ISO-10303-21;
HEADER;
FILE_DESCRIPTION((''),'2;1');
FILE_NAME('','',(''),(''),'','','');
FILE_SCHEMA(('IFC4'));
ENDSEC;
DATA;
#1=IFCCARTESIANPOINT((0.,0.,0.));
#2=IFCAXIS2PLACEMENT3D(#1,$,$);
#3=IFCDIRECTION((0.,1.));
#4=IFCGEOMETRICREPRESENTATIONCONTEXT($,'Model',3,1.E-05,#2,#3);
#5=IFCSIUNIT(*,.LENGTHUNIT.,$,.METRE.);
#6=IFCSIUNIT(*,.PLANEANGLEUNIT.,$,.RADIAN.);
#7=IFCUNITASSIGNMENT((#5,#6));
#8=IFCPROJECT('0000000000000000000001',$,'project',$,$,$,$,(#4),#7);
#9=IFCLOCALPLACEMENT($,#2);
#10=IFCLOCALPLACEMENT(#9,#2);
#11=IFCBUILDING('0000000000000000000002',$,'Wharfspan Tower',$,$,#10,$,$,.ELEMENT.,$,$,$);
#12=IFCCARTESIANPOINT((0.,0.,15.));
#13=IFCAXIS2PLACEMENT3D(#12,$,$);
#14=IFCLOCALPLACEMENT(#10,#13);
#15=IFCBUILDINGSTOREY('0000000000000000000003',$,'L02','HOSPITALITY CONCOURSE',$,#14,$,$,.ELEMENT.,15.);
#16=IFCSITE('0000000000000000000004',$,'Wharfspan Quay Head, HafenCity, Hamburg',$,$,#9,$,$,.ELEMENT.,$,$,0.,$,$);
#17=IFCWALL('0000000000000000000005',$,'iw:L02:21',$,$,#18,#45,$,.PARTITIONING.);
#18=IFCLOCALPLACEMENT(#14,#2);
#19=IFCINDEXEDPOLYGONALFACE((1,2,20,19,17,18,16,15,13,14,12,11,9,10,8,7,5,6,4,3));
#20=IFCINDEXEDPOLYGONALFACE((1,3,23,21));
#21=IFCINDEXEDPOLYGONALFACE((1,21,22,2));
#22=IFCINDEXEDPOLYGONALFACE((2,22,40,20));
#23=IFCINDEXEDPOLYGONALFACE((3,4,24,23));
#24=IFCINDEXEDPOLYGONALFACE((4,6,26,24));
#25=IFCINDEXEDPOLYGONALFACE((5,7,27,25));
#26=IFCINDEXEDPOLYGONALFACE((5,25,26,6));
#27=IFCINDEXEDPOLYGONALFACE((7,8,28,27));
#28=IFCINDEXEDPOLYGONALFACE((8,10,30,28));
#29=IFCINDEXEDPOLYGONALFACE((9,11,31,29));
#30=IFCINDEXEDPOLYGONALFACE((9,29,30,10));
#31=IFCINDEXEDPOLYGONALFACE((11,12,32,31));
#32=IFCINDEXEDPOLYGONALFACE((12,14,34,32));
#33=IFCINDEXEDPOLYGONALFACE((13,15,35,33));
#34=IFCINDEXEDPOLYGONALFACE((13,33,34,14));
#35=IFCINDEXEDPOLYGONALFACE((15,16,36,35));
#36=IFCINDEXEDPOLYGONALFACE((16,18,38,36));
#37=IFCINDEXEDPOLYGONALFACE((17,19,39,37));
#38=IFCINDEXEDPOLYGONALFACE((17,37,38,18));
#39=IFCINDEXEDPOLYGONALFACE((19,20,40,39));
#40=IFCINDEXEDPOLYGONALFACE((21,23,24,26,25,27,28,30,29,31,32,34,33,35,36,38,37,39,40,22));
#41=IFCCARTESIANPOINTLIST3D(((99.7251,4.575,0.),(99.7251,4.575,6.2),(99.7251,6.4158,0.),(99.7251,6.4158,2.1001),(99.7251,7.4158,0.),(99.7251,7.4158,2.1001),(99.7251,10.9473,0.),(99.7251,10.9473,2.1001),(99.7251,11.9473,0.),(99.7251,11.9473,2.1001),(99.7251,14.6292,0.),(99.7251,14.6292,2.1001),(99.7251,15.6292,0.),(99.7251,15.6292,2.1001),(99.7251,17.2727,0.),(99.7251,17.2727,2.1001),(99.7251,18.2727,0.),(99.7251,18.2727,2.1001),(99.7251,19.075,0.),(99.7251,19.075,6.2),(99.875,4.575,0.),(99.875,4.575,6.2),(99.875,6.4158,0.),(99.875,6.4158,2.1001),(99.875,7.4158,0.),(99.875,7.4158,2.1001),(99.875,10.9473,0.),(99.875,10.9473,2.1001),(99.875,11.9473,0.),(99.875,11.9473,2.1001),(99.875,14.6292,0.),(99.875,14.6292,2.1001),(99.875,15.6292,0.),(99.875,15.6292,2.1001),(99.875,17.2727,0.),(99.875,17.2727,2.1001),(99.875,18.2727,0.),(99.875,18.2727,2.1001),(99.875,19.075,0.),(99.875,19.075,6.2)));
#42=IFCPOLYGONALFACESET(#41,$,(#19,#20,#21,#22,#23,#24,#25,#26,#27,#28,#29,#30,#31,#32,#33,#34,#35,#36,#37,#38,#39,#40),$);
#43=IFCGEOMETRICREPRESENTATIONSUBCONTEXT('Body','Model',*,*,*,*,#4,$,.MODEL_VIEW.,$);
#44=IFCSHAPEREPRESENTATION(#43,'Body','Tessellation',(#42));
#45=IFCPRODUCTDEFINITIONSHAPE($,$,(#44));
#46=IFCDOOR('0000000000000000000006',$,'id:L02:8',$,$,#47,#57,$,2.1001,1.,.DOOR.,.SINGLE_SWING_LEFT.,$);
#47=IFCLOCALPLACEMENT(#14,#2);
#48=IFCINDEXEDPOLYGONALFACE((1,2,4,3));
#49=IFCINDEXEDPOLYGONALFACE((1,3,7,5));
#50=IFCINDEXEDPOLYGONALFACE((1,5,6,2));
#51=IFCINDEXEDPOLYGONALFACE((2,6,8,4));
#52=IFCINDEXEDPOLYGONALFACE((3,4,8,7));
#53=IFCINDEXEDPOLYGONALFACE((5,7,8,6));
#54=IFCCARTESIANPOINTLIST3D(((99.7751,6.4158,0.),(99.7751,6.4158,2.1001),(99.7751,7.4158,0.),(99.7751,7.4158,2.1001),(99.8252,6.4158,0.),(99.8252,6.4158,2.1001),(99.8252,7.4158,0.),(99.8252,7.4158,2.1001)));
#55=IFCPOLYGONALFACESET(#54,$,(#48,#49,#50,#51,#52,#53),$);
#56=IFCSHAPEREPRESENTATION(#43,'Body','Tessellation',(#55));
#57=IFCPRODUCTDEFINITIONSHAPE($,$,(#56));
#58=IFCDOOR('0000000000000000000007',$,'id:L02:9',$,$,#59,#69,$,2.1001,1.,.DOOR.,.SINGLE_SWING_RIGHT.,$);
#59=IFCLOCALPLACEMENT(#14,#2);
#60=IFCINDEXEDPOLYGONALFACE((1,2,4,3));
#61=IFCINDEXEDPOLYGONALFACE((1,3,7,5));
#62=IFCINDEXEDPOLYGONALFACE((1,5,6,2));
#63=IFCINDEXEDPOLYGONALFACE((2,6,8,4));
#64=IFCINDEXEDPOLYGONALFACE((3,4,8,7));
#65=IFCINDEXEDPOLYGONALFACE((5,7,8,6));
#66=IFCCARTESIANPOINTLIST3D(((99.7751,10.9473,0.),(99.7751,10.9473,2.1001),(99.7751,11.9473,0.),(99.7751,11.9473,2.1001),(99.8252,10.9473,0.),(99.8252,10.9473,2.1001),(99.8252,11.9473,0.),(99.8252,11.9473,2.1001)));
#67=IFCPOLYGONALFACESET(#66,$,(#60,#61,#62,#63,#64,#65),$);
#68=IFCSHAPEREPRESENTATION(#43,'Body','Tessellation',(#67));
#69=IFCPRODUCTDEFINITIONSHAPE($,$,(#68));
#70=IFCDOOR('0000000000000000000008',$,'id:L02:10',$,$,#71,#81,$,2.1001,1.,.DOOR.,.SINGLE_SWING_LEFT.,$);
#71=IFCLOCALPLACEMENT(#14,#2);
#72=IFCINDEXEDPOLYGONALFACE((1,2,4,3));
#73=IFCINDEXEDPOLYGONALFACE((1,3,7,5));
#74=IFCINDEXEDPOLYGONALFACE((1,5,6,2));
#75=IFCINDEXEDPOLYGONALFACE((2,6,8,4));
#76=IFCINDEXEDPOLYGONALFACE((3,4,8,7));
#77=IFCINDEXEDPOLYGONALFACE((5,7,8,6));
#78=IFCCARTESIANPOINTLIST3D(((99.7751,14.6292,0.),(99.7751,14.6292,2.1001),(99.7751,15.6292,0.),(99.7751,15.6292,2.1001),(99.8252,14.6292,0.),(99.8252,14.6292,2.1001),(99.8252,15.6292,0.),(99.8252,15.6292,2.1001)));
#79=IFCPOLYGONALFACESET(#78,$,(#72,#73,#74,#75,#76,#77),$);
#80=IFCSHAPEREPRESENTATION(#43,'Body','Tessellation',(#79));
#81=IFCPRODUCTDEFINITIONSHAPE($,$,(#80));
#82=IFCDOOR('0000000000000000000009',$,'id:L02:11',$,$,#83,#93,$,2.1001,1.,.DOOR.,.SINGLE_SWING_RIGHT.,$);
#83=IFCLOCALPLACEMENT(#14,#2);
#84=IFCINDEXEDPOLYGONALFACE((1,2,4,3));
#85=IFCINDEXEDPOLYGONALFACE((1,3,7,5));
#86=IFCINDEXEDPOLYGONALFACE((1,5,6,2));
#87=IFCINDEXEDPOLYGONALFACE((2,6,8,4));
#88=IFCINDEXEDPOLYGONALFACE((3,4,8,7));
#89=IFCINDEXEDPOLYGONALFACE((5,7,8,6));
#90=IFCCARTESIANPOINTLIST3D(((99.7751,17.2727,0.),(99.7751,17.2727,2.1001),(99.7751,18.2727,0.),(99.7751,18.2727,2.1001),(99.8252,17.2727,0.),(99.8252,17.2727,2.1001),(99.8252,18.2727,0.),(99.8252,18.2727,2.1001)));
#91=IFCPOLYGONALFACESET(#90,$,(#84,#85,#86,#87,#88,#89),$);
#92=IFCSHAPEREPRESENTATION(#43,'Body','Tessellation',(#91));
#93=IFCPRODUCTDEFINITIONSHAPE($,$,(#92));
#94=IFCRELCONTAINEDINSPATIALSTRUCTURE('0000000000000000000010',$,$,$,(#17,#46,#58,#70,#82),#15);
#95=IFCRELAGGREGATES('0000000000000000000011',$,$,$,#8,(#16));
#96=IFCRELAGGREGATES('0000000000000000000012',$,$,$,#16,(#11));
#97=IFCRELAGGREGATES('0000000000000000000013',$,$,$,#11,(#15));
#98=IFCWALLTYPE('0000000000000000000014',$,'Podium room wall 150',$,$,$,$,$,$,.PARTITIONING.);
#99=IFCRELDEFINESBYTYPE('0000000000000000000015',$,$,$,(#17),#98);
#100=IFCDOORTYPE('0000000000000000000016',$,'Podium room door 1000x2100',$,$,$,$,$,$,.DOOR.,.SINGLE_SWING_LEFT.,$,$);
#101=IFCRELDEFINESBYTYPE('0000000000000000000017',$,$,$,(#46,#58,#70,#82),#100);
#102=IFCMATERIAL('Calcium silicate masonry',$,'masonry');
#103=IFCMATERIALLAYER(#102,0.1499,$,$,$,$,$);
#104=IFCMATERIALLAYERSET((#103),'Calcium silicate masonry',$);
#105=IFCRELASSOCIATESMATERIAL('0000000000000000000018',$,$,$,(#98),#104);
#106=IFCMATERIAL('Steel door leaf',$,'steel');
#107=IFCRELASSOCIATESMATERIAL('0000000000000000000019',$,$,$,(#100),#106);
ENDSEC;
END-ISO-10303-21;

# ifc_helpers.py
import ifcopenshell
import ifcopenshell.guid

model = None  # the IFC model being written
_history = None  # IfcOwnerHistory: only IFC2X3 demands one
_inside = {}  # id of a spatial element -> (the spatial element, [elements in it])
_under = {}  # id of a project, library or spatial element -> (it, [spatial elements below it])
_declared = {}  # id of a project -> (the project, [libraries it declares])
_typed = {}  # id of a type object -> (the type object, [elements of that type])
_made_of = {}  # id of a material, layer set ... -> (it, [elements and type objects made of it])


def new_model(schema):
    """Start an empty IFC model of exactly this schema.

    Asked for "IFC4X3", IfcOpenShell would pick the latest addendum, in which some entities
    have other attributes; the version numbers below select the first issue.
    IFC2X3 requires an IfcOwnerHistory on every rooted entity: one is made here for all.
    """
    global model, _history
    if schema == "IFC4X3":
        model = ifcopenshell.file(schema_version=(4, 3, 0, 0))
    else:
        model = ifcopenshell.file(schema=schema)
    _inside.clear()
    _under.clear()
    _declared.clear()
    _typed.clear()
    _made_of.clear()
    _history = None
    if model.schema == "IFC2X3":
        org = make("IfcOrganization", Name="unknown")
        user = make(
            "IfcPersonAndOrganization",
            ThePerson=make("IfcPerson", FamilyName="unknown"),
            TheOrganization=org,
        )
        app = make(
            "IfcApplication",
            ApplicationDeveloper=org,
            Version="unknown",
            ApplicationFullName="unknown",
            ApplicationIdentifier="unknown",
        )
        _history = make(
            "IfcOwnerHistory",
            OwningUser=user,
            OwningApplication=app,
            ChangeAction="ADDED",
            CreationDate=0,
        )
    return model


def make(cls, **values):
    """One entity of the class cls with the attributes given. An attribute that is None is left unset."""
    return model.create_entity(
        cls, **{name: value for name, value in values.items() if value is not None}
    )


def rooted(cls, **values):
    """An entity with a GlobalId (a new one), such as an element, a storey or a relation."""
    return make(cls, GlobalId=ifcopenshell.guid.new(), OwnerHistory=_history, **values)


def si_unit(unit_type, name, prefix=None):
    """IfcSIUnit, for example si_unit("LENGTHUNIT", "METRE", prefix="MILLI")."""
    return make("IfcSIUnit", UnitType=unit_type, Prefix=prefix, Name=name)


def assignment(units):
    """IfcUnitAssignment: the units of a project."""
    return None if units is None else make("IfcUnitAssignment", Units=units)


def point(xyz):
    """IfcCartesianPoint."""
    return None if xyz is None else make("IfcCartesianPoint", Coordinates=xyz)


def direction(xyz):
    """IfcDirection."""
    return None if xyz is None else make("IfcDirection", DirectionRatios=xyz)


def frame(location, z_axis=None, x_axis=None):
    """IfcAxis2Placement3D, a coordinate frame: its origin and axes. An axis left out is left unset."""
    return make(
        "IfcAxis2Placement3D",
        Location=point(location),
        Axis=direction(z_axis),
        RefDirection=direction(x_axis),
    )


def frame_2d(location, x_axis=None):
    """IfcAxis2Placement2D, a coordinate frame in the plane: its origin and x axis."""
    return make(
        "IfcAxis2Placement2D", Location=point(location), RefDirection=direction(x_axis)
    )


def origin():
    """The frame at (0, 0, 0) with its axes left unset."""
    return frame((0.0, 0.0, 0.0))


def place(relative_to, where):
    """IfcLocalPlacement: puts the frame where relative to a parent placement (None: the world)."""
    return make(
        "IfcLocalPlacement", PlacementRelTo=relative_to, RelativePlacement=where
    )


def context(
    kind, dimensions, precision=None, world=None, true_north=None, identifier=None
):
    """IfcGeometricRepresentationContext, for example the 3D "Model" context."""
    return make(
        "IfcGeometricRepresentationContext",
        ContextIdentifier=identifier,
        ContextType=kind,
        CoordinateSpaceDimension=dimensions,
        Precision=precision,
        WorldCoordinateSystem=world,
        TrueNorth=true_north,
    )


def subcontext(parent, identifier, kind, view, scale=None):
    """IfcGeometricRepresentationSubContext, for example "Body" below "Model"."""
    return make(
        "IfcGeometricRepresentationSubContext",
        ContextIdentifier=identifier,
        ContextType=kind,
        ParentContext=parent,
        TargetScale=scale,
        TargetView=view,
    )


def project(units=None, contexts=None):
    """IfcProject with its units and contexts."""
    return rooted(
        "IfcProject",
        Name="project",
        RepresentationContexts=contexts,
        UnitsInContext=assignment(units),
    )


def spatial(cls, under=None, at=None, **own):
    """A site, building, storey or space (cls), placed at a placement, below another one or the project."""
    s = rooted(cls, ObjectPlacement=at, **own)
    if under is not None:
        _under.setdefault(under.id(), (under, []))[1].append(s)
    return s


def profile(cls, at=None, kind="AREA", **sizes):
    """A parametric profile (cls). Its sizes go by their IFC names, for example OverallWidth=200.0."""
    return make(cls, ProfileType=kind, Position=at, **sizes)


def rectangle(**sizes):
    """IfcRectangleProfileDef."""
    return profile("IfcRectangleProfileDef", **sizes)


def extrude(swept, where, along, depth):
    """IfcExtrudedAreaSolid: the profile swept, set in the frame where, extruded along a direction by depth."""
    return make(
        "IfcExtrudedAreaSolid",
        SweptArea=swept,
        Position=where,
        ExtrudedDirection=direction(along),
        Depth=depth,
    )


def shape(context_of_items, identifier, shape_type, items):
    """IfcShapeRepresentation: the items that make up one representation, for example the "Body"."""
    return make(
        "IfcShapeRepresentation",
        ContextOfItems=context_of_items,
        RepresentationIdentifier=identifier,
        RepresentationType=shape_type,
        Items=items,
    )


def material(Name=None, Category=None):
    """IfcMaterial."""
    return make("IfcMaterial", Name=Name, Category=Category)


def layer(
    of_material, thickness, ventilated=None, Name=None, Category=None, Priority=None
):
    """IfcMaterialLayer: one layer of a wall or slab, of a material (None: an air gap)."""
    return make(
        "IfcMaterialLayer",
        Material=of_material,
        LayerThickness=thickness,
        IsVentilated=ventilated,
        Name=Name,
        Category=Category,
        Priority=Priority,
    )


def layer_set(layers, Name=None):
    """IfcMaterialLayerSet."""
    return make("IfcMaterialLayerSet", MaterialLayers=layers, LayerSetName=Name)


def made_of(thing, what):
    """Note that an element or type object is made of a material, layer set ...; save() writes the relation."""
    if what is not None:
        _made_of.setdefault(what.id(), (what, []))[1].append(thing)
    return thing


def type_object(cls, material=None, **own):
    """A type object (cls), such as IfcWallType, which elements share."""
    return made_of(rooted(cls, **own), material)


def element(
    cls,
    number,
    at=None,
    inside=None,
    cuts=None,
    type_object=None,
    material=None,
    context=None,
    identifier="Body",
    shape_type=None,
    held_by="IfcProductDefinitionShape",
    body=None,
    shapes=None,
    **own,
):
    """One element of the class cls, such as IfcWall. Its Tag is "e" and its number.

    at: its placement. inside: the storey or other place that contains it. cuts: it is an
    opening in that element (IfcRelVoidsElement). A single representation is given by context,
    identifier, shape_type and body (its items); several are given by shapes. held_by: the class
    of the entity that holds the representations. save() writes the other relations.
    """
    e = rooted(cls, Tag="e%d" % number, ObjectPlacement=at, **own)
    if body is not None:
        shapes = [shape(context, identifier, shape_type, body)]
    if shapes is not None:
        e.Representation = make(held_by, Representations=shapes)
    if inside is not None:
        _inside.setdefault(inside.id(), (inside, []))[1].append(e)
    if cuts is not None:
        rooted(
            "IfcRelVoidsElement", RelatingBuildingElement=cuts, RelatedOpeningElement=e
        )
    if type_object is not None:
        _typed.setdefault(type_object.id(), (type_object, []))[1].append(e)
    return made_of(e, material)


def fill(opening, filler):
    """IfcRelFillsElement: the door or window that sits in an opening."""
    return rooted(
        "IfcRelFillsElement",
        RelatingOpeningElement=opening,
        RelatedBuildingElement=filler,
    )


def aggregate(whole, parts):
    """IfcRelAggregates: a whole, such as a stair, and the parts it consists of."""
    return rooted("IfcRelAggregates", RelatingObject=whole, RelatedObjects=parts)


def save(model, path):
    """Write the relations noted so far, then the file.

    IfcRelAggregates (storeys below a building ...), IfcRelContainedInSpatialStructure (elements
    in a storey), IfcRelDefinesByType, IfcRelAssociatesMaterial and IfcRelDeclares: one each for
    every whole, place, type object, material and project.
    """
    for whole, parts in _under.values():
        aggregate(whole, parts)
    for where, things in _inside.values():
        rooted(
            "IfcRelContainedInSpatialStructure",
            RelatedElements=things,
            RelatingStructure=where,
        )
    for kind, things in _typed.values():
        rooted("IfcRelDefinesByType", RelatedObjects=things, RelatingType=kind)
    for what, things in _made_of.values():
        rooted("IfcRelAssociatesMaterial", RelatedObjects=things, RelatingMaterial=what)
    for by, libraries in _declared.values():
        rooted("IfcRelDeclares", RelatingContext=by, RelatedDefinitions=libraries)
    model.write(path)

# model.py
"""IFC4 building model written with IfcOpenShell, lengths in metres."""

from ifc_helpers import new_model, si_unit, direction, frame, frame_2d, origin, place, context, subcontext, project, spatial, rectangle, extrude, material, layer, layer_set, type_object, element, fill, save


model = new_model("IFC4")

# Units and contexts
model_context = context("Model", 3, precision=1e-05, world=origin(), true_north=direction((0.0, 1.0)))
body_context = subcontext(model_context, "Body", "Model", "MODEL_VIEW")
ifc_project = project(units=[si_unit("LENGTHUNIT", "METRE"), si_unit("PLANEANGLEUNIT", "RADIAN")], contexts=[model_context])

# Site, building, storey
site_placement = place(None, origin())
site = spatial("IfcSite", under=ifc_project, at=site_placement, Name="Wharfspan Quay Head, HafenCity, Hamburg", CompositionType="ELEMENT", RefElevation=0.0)
building_placement = place(site_placement, origin())
building = spatial("IfcBuilding", under=site, at=building_placement, Name="Wharfspan Tower", CompositionType="ELEMENT")
storey_placement = place(building_placement, frame((0.0, 0.0, 15.0)))
storey = spatial("IfcBuildingStorey", under=building, at=storey_placement, Name="L02", Description="HOSPITALITY CONCOURSE", CompositionType="ELEMENT", Elevation=15.0)

# Shared definitions
ifc_material_1 = material(Name="Calcium silicate masonry", Category="masonry")
ifc_layer_1 = layer(ifc_material_1, 0.1499)
ifc_layer_set_1 = layer_set([ifc_layer_1], Name="Calcium silicate masonry")
wall_type = type_object("IfcWallType", Name="Podium room wall 150", PredefinedType="PARTITIONING", material=ifc_layer_set_1)

# Wall, openings, doors
wall_placement = place(storey_placement, frame((99.8, 4.575, 0.0), z_axis=(0.0, 0.0, 1.0), x_axis=(0.0, 1.0, 0.0)))
wall = element("IfcWall", 1, at=wall_placement, inside=storey, type_object=wall_type, Name="iw:L02:21", PredefinedType="PARTITIONING", context=body_context, shape_type="SweptSolid", body=[
    extrude(rectangle(XDim=14.5, YDim=0.1499, at=frame_2d((7.25, 0.0))), origin(), (0.0, 0.0, 1.0), 6.2),
])
opening_1_placement = place(wall_placement, frame((1.8408, 0.0, 0.0)))
opening_1 = element("IfcOpeningElement", 2, at=opening_1_placement, cuts=wall, PredefinedType="OPENING", context=body_context, shape_type="SweptSolid", body=[
    extrude(rectangle(XDim=1.0, YDim=2.1001, at=frame_2d((0.5, 1.05))), frame((0.0, 0.085, 0.0), z_axis=(0.0, -1.0, 0.0), x_axis=(1.0, 0.0, 0.0)), (0.0, 0.0, 1.0), 0.1699),
])
opening_2_placement = place(wall_placement, frame((6.3723, 0.0, 0.0)))
opening_2 = element("IfcOpeningElement", 3, at=opening_2_placement, cuts=wall, PredefinedType="OPENING", context=body_context, shape_type="SweptSolid", body=[
    extrude(rectangle(XDim=1.0, YDim=2.1001, at=frame_2d((0.5, 1.05))), frame((0.0, 0.085, 0.0), z_axis=(0.0, -1.0, 0.0), x_axis=(1.0, 0.0, 0.0)), (0.0, 0.0, 1.0), 0.1699),
])
opening_3_placement = place(wall_placement, frame((10.0542, 0.0, 0.0)))
opening_3 = element("IfcOpeningElement", 4, at=opening_3_placement, cuts=wall, PredefinedType="OPENING", context=body_context, shape_type="SweptSolid", body=[
    extrude(rectangle(XDim=1.0, YDim=2.1001, at=frame_2d((0.5, 1.05))), frame((0.0, 0.085, 0.0), z_axis=(0.0, -1.0, 0.0), x_axis=(1.0, 0.0, 0.0)), (0.0, 0.0, 1.0), 0.1699),
])
opening_4_placement = place(wall_placement, frame((12.6978, 0.0, 0.0)))
opening_4 = element("IfcOpeningElement", 5, at=opening_4_placement, cuts=wall, PredefinedType="OPENING", context=body_context, shape_type="SweptSolid", body=[
    extrude(rectangle(XDim=1.0, YDim=2.1001, at=frame_2d((0.5, 1.05))), frame((0.0, 0.085, 0.0), z_axis=(0.0, -1.0, 0.0), x_axis=(1.0, 0.0, 0.0)), (0.0, 0.0, 1.0), 0.1699),
])
ifc_material_2 = material(Name="Steel door leaf", Category="steel")
door_type = type_object("IfcDoorType", Name="Podium room door 1000x2100", OperationType="SINGLE_SWING_LEFT", PredefinedType="DOOR", material=ifc_material_2)
door_1_placement = place(opening_1_placement, origin())
door_1 = element("IfcDoor", 6, at=door_1_placement, inside=storey, type_object=door_type, Name="id:L02:8", OperationType="SINGLE_SWING_LEFT", OverallHeight=2.1001, OverallWidth=1.0, PredefinedType="DOOR", context=body_context, shape_type="SweptSolid", body=[
    extrude(rectangle(XDim=1.0, YDim=2.1001, at=frame_2d((0.5, 1.05))), frame((0.0, 0.0249, 0.0), z_axis=(0.0, -1.0, 0.0), x_axis=(1.0, 0.0, 0.0)), (0.0, 0.0, 1.0), 0.05),
])
fill(opening_1, door_1)
door_2_placement = place(opening_2_placement, origin())
door_2 = element("IfcDoor", 7, at=door_2_placement, inside=storey, type_object=door_type, Name="id:L02:9", OperationType="SINGLE_SWING_RIGHT", OverallHeight=2.1001, OverallWidth=1.0, PredefinedType="DOOR", context=body_context, shape_type="SweptSolid", body=[
    extrude(rectangle(XDim=1.0, YDim=2.1001, at=frame_2d((0.5, 1.05))), frame((0.0, 0.0249, 0.0), z_axis=(0.0, -1.0, 0.0), x_axis=(1.0, 0.0, 0.0)), (0.0, 0.0, 1.0), 0.05),
])
fill(opening_2, door_2)
door_3_placement = place(opening_3_placement, origin())
door_3 = element("IfcDoor", 8, at=door_3_placement, inside=storey, type_object=door_type, Name="id:L02:10", OperationType="SINGLE_SWING_LEFT", OverallHeight=2.1001, OverallWidth=1.0, PredefinedType="DOOR", context=body_context, shape_type="SweptSolid", body=[
    extrude(rectangle(XDim=1.0, YDim=2.1001, at=frame_2d((0.5, 1.05))), frame((0.0, 0.0249, 0.0), z_axis=(0.0, -1.0, 0.0), x_axis=(1.0, 0.0, 0.0)), (0.0, 0.0, 1.0), 0.05),
])
fill(opening_3, door_3)
door_4_placement = place(opening_4_placement, origin())
door_4 = element("IfcDoor", 9, at=door_4_placement, inside=storey, type_object=door_type, Name="id:L02:11", OperationType="SINGLE_SWING_RIGHT", OverallHeight=2.1001, OverallWidth=1.0, PredefinedType="DOOR", context=body_context, shape_type="SweptSolid", body=[
    extrude(rectangle(XDim=1.0, YDim=2.1001, at=frame_2d((0.5, 1.05))), frame((0.0, 0.0249, 0.0), z_axis=(0.0, -1.0, 0.0), x_axis=(1.0, 0.0, 0.0)), (0.0, 0.0, 1.0), 0.05),
])
fill(opening_4, door_4)

save(model, "model.ifc")
